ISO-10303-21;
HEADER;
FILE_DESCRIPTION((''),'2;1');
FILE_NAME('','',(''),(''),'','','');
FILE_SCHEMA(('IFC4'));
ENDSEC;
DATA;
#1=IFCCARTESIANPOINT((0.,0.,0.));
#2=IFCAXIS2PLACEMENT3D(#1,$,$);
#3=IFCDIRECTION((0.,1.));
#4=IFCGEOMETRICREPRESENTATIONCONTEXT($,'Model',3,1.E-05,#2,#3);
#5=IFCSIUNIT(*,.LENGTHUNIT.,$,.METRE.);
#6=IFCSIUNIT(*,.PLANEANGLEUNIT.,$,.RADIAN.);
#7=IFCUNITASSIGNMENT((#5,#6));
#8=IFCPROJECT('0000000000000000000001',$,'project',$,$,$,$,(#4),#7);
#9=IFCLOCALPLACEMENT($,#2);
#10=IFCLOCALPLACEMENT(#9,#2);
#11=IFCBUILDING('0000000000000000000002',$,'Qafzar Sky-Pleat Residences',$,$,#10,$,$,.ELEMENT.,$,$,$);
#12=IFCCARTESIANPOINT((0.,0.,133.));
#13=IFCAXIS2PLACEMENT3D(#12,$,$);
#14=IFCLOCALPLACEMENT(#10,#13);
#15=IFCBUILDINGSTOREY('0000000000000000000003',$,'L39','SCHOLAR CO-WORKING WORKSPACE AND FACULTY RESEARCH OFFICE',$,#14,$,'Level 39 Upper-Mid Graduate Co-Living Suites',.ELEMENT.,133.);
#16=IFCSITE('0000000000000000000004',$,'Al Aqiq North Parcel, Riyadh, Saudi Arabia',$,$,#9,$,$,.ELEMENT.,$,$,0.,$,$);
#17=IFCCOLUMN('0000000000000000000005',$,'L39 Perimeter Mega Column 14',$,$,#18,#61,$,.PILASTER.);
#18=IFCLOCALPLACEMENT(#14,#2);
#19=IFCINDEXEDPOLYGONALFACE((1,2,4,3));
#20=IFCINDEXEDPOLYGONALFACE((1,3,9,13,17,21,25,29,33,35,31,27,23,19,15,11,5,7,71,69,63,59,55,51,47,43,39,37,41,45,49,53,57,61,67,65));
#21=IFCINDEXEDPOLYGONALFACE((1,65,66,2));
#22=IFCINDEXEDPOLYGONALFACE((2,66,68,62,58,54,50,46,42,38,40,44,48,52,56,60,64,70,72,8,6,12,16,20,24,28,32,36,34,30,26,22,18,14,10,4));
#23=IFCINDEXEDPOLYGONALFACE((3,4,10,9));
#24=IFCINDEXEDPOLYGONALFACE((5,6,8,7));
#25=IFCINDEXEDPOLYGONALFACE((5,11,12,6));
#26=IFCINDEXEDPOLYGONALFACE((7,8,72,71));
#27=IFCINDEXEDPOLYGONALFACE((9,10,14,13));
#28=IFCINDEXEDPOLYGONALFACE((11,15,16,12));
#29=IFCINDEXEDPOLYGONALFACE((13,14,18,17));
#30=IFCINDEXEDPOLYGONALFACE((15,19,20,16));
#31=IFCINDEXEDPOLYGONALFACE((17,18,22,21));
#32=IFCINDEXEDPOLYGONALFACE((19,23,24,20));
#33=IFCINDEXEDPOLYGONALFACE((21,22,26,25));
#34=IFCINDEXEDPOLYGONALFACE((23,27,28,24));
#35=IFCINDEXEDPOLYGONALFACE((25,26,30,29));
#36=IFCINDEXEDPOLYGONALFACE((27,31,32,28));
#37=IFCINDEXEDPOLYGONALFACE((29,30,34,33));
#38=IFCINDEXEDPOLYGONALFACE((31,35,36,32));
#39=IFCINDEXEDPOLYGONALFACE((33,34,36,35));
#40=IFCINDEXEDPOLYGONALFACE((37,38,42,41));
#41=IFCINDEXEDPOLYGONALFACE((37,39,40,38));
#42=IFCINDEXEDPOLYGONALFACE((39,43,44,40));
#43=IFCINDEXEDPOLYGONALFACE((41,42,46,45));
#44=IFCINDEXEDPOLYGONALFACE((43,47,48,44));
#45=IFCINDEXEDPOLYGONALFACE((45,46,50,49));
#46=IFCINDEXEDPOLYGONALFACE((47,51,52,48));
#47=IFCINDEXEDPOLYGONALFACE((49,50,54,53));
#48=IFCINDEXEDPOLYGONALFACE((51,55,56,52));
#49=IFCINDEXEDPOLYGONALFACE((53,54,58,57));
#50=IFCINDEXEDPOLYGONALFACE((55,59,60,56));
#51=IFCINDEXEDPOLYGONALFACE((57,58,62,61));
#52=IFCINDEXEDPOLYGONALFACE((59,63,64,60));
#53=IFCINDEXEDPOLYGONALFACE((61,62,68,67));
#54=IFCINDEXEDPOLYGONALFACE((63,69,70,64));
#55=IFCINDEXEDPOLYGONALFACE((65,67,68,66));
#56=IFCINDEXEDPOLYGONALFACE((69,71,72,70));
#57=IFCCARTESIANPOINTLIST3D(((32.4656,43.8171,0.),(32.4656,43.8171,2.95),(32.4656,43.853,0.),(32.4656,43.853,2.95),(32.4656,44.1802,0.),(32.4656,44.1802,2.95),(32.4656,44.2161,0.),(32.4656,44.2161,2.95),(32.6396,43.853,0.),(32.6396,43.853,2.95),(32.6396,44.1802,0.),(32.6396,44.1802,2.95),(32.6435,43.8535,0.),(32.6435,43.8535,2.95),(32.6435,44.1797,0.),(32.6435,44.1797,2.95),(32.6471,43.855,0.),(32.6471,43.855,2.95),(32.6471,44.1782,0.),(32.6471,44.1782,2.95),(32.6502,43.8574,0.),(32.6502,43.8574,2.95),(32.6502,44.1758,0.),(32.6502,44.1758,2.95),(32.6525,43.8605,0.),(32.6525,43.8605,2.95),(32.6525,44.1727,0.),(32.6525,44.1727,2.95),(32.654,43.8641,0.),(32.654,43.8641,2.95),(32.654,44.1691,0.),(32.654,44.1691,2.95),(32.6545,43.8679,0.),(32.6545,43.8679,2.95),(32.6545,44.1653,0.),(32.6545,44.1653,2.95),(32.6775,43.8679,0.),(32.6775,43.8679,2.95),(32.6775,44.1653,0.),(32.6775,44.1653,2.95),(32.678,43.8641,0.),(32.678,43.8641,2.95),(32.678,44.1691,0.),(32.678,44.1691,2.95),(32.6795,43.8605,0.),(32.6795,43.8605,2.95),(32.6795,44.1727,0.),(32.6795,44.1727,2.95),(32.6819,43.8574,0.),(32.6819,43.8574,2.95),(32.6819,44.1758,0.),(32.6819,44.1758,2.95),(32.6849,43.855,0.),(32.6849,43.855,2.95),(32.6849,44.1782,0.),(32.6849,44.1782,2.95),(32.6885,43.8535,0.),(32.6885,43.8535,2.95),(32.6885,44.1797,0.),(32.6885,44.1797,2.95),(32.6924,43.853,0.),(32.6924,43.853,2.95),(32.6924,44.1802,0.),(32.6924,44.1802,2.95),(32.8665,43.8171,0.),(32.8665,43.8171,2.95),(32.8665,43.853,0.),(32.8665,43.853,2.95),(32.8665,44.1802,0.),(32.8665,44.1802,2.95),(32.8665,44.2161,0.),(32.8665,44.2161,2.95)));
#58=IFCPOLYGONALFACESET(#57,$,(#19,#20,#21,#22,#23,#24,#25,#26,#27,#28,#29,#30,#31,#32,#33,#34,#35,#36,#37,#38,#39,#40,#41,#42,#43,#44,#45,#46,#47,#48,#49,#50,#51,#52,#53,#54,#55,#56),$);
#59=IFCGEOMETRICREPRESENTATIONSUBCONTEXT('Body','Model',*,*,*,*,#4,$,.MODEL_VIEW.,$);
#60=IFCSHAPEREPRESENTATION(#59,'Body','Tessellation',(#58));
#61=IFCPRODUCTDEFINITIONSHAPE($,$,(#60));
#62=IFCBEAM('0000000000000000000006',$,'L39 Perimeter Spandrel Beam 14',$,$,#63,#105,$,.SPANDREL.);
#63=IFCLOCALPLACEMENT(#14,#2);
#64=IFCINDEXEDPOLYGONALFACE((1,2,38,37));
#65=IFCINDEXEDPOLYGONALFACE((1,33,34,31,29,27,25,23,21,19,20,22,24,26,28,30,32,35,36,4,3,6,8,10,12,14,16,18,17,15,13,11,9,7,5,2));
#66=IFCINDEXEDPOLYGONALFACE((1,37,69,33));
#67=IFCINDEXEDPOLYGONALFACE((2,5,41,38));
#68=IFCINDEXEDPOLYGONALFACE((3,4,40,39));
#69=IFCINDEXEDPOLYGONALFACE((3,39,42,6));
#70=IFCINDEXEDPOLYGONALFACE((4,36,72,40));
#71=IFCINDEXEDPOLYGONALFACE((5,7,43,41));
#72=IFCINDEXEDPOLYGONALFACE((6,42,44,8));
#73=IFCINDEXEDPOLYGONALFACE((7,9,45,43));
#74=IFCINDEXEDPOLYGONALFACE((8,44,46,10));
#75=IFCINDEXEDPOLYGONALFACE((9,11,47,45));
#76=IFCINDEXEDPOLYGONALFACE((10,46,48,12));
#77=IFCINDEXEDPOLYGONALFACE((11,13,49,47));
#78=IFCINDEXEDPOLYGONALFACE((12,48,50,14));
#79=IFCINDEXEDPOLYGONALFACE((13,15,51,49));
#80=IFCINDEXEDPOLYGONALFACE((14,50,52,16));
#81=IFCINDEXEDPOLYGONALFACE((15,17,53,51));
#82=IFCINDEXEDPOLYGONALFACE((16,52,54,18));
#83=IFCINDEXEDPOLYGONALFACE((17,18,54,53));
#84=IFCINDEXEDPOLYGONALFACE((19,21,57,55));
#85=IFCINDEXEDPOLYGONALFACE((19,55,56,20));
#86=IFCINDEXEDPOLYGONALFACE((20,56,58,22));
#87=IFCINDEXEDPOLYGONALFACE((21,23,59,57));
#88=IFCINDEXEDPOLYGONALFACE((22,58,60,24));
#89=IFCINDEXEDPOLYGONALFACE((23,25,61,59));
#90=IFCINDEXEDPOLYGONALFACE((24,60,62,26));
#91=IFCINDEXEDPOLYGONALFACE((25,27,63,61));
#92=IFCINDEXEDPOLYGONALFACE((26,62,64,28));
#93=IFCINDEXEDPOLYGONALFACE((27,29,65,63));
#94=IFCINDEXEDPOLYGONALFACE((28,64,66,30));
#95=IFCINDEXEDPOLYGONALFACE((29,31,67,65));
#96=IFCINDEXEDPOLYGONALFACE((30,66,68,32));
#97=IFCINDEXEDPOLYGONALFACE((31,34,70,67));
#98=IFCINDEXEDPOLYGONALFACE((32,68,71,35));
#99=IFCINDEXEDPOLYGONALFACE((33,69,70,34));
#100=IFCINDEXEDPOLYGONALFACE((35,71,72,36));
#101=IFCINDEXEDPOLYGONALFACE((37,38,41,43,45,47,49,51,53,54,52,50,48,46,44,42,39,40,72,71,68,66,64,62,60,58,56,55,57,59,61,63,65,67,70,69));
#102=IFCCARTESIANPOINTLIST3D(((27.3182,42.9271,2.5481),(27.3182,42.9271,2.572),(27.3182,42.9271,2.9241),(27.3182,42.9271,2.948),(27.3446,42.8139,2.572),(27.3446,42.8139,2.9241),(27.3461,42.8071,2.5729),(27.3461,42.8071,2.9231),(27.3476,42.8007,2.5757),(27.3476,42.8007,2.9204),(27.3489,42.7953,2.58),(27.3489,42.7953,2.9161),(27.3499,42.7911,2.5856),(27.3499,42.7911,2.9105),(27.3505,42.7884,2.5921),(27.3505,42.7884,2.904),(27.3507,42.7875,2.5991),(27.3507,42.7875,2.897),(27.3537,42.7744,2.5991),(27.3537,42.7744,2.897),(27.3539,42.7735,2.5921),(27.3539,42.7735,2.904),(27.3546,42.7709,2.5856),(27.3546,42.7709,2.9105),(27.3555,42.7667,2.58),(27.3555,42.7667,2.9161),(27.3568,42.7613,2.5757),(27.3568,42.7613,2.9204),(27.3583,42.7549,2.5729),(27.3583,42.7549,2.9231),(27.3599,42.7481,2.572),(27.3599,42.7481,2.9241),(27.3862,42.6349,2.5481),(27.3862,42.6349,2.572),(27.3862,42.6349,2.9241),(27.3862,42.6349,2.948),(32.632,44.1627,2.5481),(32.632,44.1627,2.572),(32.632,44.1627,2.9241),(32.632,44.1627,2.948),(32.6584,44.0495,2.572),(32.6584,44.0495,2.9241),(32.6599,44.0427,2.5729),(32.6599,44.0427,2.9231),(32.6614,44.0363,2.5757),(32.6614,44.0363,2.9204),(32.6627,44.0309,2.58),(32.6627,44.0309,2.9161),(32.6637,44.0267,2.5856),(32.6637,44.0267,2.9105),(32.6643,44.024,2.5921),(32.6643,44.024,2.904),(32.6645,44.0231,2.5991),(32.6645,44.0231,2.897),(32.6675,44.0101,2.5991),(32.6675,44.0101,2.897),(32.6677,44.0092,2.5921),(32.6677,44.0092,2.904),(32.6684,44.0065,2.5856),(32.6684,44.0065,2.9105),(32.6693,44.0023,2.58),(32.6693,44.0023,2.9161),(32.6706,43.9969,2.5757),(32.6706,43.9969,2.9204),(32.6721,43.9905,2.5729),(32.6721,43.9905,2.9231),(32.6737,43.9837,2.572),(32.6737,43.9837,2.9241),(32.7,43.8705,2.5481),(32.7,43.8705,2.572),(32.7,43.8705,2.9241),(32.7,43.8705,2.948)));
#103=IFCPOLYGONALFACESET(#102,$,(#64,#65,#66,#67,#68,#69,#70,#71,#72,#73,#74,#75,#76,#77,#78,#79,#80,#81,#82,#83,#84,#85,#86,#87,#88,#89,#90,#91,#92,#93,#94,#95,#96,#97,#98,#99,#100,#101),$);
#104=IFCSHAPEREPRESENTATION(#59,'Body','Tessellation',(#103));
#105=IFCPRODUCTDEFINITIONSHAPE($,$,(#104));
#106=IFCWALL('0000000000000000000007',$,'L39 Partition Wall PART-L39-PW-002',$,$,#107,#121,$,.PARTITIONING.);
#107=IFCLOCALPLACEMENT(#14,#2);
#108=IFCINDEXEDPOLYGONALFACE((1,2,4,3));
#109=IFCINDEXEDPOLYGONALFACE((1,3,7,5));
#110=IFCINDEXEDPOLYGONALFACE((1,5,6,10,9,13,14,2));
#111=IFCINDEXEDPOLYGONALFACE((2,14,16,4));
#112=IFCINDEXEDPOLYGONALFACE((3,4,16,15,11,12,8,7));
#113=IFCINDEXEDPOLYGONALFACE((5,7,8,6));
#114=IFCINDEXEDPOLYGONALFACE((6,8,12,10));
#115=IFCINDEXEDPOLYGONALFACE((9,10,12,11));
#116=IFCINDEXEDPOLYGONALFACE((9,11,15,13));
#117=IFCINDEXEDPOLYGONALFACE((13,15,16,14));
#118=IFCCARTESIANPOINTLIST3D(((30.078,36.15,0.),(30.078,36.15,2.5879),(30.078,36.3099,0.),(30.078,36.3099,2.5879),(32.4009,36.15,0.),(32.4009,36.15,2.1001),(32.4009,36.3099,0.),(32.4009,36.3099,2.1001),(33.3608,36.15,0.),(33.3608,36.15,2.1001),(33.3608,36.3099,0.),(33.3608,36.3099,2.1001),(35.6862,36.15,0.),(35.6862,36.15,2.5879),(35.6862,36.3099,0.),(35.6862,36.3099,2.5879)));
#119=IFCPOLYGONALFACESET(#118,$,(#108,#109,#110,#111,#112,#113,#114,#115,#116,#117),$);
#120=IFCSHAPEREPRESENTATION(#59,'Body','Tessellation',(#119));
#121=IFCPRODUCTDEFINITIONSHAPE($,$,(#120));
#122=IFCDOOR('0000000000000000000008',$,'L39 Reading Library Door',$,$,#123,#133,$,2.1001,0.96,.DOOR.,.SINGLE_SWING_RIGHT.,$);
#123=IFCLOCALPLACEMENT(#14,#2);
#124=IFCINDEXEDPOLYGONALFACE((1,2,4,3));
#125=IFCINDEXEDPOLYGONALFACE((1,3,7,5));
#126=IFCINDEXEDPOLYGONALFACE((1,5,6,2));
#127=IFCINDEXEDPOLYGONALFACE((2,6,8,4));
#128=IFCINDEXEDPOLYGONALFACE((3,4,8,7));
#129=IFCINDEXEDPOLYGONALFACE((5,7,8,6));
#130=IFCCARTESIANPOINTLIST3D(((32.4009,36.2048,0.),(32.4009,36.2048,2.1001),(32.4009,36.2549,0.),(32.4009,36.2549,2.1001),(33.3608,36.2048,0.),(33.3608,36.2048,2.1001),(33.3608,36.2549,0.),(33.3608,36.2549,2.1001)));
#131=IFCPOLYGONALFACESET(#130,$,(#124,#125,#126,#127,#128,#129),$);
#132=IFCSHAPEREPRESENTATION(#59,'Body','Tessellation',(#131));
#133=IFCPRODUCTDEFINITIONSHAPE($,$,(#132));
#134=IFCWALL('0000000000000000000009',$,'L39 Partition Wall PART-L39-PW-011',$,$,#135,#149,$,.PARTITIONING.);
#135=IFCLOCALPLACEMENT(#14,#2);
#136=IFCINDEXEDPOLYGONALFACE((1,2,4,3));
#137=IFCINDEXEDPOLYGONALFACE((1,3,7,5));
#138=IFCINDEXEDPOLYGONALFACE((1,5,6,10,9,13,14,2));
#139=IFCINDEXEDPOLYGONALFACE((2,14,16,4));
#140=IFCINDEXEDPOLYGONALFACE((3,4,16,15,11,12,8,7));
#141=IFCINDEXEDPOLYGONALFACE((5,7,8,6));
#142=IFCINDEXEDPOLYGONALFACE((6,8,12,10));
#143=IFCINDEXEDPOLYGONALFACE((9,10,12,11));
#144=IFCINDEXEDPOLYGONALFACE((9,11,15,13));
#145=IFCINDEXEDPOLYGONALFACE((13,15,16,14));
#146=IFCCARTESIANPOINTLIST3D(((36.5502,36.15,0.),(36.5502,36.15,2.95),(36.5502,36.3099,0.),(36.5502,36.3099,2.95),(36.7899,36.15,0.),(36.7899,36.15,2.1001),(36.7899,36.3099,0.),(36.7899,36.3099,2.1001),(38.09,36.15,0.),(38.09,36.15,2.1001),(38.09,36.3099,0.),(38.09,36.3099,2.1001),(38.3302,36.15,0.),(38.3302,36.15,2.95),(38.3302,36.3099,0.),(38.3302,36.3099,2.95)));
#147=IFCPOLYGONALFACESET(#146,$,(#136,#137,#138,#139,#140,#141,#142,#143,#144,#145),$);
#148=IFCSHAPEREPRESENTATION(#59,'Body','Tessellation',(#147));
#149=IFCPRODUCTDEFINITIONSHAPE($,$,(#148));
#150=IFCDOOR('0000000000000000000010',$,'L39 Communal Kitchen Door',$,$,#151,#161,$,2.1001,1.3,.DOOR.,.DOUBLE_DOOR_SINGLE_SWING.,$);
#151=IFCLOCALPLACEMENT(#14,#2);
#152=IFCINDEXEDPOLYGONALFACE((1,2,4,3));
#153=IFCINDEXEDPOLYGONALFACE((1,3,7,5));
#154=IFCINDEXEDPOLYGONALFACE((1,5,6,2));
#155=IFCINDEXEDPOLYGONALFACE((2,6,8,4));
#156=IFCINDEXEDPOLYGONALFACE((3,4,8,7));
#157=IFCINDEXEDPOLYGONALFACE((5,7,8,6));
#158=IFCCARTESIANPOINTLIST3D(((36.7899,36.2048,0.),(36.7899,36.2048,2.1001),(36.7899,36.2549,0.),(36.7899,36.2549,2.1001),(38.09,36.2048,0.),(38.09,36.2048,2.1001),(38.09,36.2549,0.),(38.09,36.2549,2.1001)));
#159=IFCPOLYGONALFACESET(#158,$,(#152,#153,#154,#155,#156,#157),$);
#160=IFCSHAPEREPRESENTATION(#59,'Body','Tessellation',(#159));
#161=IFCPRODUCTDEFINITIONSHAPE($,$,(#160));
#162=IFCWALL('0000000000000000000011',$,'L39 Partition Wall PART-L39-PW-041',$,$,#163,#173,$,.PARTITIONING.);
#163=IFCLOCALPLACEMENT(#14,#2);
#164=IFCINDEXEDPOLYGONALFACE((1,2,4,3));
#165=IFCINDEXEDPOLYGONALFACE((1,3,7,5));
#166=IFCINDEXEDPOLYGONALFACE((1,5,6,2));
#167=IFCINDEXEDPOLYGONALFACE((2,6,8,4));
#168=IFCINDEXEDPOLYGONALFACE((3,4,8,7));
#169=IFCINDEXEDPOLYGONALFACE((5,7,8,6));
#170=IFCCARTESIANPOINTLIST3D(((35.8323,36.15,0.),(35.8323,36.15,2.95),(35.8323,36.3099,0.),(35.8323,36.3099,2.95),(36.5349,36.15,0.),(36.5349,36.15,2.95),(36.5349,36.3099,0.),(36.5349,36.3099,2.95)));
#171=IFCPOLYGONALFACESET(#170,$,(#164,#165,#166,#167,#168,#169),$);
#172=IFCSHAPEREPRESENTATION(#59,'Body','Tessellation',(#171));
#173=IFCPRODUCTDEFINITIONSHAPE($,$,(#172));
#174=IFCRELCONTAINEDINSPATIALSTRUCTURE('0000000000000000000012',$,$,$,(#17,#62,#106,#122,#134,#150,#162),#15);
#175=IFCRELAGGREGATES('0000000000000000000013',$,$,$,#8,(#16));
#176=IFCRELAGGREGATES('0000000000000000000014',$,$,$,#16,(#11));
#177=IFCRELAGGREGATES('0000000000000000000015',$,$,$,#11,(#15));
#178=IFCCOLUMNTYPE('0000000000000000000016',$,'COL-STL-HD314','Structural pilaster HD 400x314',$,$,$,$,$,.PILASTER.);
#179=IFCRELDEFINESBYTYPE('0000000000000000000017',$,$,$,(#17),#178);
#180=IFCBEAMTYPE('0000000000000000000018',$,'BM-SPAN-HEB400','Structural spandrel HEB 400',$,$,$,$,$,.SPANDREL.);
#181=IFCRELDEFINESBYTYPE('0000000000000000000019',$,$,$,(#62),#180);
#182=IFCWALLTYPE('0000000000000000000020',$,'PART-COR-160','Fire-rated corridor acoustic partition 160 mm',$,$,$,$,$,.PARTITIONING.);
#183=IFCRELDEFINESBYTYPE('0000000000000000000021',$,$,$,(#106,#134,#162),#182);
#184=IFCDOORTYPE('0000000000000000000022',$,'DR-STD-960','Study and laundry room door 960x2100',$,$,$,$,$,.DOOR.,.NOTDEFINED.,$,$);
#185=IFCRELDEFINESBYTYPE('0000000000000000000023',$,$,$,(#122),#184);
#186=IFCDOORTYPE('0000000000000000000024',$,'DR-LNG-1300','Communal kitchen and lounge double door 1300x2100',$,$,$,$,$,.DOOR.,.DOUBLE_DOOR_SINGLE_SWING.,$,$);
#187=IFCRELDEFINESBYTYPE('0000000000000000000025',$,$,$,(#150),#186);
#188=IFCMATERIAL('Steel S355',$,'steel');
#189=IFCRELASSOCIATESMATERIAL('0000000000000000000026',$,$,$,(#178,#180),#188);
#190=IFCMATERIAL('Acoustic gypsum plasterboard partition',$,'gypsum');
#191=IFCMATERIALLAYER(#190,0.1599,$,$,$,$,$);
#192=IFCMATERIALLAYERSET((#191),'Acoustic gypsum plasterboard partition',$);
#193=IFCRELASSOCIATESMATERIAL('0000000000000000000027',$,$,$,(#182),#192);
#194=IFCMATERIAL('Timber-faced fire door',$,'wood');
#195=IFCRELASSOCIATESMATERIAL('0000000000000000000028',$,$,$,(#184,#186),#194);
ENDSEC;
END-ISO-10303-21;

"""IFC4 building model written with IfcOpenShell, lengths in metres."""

from ifc_helpers import new_model, si_unit, direction, frame, frame_2d, origin, origin_2d, place, context, subcontext, project, spatial, rectangle, i_section, extrude, source, transform, mapped, material, layer, layer_set, material_profile, profile_set, type_object, element, fill, save


model = new_model("IFC4")

# Units and contexts
model_context = context("Model", 3, precision=1e-05, world=origin(), true_north=direction((0.0, 1.0)))
body_context = subcontext(model_context, "Body", "Model", "MODEL_VIEW")
ifc_project = project(units=[si_unit("LENGTHUNIT", "METRE"), si_unit("PLANEANGLEUNIT", "RADIAN")], contexts=[model_context])

# Site, building, storey
site_placement = place(None, origin())
site = spatial("IfcSite", under=ifc_project, at=site_placement, Name="Al Aqiq North Parcel, Riyadh, Saudi Arabia", CompositionType="ELEMENT", RefElevation=0.0)
building_placement = place(site_placement, origin())
building = spatial("IfcBuilding", under=site, at=building_placement, Name="Qafzar Sky-Pleat Residences", CompositionType="ELEMENT")
storey_placement = place(building_placement, frame((0.0, 0.0, 133.0)))
storey = spatial("IfcBuildingStorey", under=building, at=storey_placement, Name="L39", Description="SCHOLAR CO-WORKING WORKSPACE AND FACULTY RESEARCH OFFICE", LongName="Level 39 Upper-Mid Graduate Co-Living Suites", CompositionType="ELEMENT", Elevation=133.0)

# Column
ifc_material_1 = material(Name="Steel S355", Category="steel")
ifc_material_profile_1 = material_profile(ifc_material_1, i_section(OverallWidth=0.4009, OverallDepth=0.3989, WebThickness=0.0229, FlangeThickness=0.0359, FilletRadius=0.0149, at=origin_2d()), Name="HD 400x314")
ifc_profile_set_1 = profile_set([ifc_material_profile_1], Name="Steel S355")
column_type = type_object("IfcColumnType", Name="COL-STL-HD314", Description="Structural pilaster HD 400x314", PredefinedType="PILASTER", material=ifc_profile_set_1)
shared_shape_1 = source(origin(), body_context, "Body", "SweptSolid", [
    extrude(i_section(OverallWidth=0.4009, OverallDepth=0.3989, WebThickness=0.0229, FlangeThickness=0.0359, FilletRadius=0.0149, at=origin_2d()), origin(), (0.0, 0.0, 1.0), 2.95),
])
column_placement = place(storey_placement, frame((32.666, 44.0166, 0.0), z_axis=(0.0, 0.0, 1.0), x_axis=(1.0, 0.0, 0.0)))
element("IfcColumn", 1, at=column_placement, inside=storey, type_object=column_type, Name="L39 Perimeter Mega Column 14", PredefinedType="PILASTER", context=body_context, shape_type="MappedRepresentation", body=[
    mapped(shared_shape_1, transform((0.0, 0.0, 0.0), x_axis=(1.0, 0.0, 0.0), y_axis=(0.0, 1.0, 0.0), z_axis=(0.0, 0.0, 1.0), scale=1.0)),
])

# Beam
ifc_material_profile_2 = material_profile(ifc_material_1, i_section(OverallWidth=0.3, OverallDepth=0.3999, WebThickness=0.0134, FlangeThickness=0.0239, FilletRadius=0.0271, at=origin_2d()), Name="HEB 400")
ifc_profile_set_2 = profile_set([ifc_material_profile_2], Name="Steel S355")
beam_type = type_object("IfcBeamType", Name="BM-SPAN-HEB400", Description="Structural spandrel HEB 400", PredefinedType="SPANDREL", material=ifc_profile_set_2)
shared_shape_2 = source(origin(), body_context, "Body", "SweptSolid", [
    extrude(i_section(OverallWidth=0.3, OverallDepth=0.3999, WebThickness=0.0134, FlangeThickness=0.0239, FilletRadius=0.0271, at=origin_2d()), origin(), (0.0, 0.0, 1.0), 5.4556),
])
beam_placement = place(storey_placement, frame((32.666, 44.0166, 2.748), z_axis=(-0.974014, -0.226487, 0.0), x_axis=(0.226487, -0.974014, 0.0)))
element("IfcBeam", 2, at=beam_placement, inside=storey, type_object=beam_type, Name="L39 Perimeter Spandrel Beam 14", PredefinedType="SPANDREL", context=body_context, shape_type="MappedRepresentation", body=[
    mapped(shared_shape_2, transform((0.0, 0.0, 0.0), x_axis=(1.0, 0.0, 0.0), y_axis=(0.0, 1.0, 0.0), z_axis=(0.0, 0.0, 1.0), scale=1.0)),
])

# Walls, openings, doors
ifc_material_2 = material(Name="Acoustic gypsum plasterboard partition", Category="gypsum")
ifc_layer_1 = layer(ifc_material_2, 0.1599)
ifc_layer_set_1 = layer_set([ifc_layer_1], Name="Acoustic gypsum plasterboard partition")
wall_type_1 = type_object("IfcWallType", Name="PART-COR-160", Description="Fire-rated corridor acoustic partition 160 mm", PredefinedType="PARTITIONING", material=ifc_layer_set_1)
wall_1_placement = place(storey_placement, frame((30.0779, 36.23, 0.0), z_axis=(0.0, 0.0, 1.0), x_axis=(1.0, 0.0, 0.0)))
wall_1 = element("IfcWall", 3, at=wall_1_placement, inside=storey, type_object=wall_type_1, Name="L39 Partition Wall PART-L39-PW-002", PredefinedType="PARTITIONING", context=body_context, shape_type="SweptSolid", body=[
    extrude(rectangle(XDim=5.6082, YDim=0.1599, at=frame_2d((2.8042, 0.0))), origin(), (0.0, 0.0, 1.0), 2.5879),
])
opening_1_placement = place(wall_1_placement, frame((2.323, 0.0, 0.0)))
opening_1 = element("IfcOpeningElement", 4, at=opening_1_placement, cuts=wall_1, PredefinedType="OPENING", context=body_context, shape_type="SweptSolid", body=[
    extrude(rectangle(XDim=0.96, YDim=2.1001, at=frame_2d((0.48, 1.05))), frame((0.0, 0.0898, 0.0), z_axis=(0.0, -1.0, 0.0), x_axis=(1.0, 0.0, 0.0)), (0.0, 0.0, 1.0), 0.1799),
])
ifc_material_3 = material(Name="Timber-faced fire door", Category="wood")
door_type_1 = type_object("IfcDoorType", Name="DR-STD-960", Description="Study and laundry room door 960x2100", OperationType="NOTDEFINED", PredefinedType="DOOR", material=ifc_material_3)
shared_shape_3 = source(origin(), body_context, "Body", "SweptSolid", [
    extrude(rectangle(XDim=0.96, YDim=2.1001, at=frame_2d((0.48, 1.05))), frame((0.0, 0.0249, 0.0), z_axis=(0.0, -1.0, 0.0), x_axis=(1.0, 0.0, 0.0)), (0.0, 0.0, 1.0), 0.05),
])
door_1_placement = place(opening_1_placement, origin())
door_1 = element("IfcDoor", 5, at=door_1_placement, inside=storey, type_object=door_type_1, Name="L39 Reading Library Door", OperationType="SINGLE_SWING_RIGHT", OverallHeight=2.1001, OverallWidth=0.96, PredefinedType="DOOR", context=body_context, shape_type="MappedRepresentation", body=[
    mapped(shared_shape_3, transform((0.0, 0.0, 0.0), x_axis=(1.0, 0.0, 0.0), y_axis=(0.0, 1.0, 0.0), z_axis=(0.0, 0.0, 1.0), scale=1.0)),
])
fill(opening_1, door_1)
wall_2_placement = place(storey_placement, frame((36.55, 36.23, 0.0), z_axis=(0.0, 0.0, 1.0), x_axis=(1.0, 0.0, 0.0)))
wall_2 = element("IfcWall", 6, at=wall_2_placement, inside=storey, type_object=wall_type_1, Name="L39 Partition Wall PART-L39-PW-011", PredefinedType="PARTITIONING", context=body_context, shape_type="SweptSolid", body=[
    extrude(rectangle(XDim=1.78, YDim=0.1599, at=frame_2d((0.8901, 0.0))), origin(), (0.0, 0.0, 1.0), 2.95),
])
opening_2_placement = place(wall_2_placement, frame((0.24, 0.0, 0.0)))
opening_2 = element("IfcOpeningElement", 7, at=opening_2_placement, cuts=wall_2, PredefinedType="OPENING", context=body_context, shape_type="SweptSolid", body=[
    extrude(rectangle(XDim=1.3, YDim=2.1001, at=frame_2d((0.6499, 1.05))), frame((0.0, 0.0898, 0.0), z_axis=(0.0, -1.0, 0.0), x_axis=(1.0, 0.0, 0.0)), (0.0, 0.0, 1.0), 0.1799),
])
door_type_2 = type_object("IfcDoorType", Name="DR-LNG-1300", Description="Communal kitchen and lounge double door 1300x2100", OperationType="DOUBLE_DOOR_SINGLE_SWING", PredefinedType="DOOR", material=ifc_material_3)
shared_shape_4 = source(origin(), body_context, "Body", "SweptSolid", [
    extrude(rectangle(XDim=1.3, YDim=2.1001, at=frame_2d((0.6499, 1.05))), frame((0.0, 0.0249, 0.0), z_axis=(0.0, -1.0, 0.0), x_axis=(1.0, 0.0, 0.0)), (0.0, 0.0, 1.0), 0.05),
])
door_2_placement = place(opening_2_placement, origin())
door_2 = element("IfcDoor", 8, at=door_2_placement, inside=storey, type_object=door_type_2, Name="L39 Communal Kitchen Door", OperationType="DOUBLE_DOOR_SINGLE_SWING", OverallHeight=2.1001, OverallWidth=1.3, PredefinedType="DOOR", context=body_context, shape_type="MappedRepresentation", body=[
    mapped(shared_shape_4, transform((0.0, 0.0, 0.0), x_axis=(1.0, 0.0, 0.0), y_axis=(0.0, 1.0, 0.0), z_axis=(0.0, 0.0, 1.0), scale=1.0)),
])
fill(opening_2, door_2)

# Wall
wall_3_placement = place(storey_placement, frame((35.8323, 36.23, 0.0), z_axis=(0.0, 0.0, 1.0), x_axis=(1.0, 0.0, 0.0)))
element("IfcWall", 9, at=wall_3_placement, inside=storey, type_object=wall_type_1, Name="L39 Partition Wall PART-L39-PW-041", PredefinedType="PARTITIONING", context=body_context, shape_type="SweptSolid", body=[
    extrude(rectangle(XDim=0.7026, YDim=0.1599, at=frame_2d((0.3513, 0.0))), origin(), (0.0, 0.0, 1.0), 2.95),
])

save(model, "model.ifc")
